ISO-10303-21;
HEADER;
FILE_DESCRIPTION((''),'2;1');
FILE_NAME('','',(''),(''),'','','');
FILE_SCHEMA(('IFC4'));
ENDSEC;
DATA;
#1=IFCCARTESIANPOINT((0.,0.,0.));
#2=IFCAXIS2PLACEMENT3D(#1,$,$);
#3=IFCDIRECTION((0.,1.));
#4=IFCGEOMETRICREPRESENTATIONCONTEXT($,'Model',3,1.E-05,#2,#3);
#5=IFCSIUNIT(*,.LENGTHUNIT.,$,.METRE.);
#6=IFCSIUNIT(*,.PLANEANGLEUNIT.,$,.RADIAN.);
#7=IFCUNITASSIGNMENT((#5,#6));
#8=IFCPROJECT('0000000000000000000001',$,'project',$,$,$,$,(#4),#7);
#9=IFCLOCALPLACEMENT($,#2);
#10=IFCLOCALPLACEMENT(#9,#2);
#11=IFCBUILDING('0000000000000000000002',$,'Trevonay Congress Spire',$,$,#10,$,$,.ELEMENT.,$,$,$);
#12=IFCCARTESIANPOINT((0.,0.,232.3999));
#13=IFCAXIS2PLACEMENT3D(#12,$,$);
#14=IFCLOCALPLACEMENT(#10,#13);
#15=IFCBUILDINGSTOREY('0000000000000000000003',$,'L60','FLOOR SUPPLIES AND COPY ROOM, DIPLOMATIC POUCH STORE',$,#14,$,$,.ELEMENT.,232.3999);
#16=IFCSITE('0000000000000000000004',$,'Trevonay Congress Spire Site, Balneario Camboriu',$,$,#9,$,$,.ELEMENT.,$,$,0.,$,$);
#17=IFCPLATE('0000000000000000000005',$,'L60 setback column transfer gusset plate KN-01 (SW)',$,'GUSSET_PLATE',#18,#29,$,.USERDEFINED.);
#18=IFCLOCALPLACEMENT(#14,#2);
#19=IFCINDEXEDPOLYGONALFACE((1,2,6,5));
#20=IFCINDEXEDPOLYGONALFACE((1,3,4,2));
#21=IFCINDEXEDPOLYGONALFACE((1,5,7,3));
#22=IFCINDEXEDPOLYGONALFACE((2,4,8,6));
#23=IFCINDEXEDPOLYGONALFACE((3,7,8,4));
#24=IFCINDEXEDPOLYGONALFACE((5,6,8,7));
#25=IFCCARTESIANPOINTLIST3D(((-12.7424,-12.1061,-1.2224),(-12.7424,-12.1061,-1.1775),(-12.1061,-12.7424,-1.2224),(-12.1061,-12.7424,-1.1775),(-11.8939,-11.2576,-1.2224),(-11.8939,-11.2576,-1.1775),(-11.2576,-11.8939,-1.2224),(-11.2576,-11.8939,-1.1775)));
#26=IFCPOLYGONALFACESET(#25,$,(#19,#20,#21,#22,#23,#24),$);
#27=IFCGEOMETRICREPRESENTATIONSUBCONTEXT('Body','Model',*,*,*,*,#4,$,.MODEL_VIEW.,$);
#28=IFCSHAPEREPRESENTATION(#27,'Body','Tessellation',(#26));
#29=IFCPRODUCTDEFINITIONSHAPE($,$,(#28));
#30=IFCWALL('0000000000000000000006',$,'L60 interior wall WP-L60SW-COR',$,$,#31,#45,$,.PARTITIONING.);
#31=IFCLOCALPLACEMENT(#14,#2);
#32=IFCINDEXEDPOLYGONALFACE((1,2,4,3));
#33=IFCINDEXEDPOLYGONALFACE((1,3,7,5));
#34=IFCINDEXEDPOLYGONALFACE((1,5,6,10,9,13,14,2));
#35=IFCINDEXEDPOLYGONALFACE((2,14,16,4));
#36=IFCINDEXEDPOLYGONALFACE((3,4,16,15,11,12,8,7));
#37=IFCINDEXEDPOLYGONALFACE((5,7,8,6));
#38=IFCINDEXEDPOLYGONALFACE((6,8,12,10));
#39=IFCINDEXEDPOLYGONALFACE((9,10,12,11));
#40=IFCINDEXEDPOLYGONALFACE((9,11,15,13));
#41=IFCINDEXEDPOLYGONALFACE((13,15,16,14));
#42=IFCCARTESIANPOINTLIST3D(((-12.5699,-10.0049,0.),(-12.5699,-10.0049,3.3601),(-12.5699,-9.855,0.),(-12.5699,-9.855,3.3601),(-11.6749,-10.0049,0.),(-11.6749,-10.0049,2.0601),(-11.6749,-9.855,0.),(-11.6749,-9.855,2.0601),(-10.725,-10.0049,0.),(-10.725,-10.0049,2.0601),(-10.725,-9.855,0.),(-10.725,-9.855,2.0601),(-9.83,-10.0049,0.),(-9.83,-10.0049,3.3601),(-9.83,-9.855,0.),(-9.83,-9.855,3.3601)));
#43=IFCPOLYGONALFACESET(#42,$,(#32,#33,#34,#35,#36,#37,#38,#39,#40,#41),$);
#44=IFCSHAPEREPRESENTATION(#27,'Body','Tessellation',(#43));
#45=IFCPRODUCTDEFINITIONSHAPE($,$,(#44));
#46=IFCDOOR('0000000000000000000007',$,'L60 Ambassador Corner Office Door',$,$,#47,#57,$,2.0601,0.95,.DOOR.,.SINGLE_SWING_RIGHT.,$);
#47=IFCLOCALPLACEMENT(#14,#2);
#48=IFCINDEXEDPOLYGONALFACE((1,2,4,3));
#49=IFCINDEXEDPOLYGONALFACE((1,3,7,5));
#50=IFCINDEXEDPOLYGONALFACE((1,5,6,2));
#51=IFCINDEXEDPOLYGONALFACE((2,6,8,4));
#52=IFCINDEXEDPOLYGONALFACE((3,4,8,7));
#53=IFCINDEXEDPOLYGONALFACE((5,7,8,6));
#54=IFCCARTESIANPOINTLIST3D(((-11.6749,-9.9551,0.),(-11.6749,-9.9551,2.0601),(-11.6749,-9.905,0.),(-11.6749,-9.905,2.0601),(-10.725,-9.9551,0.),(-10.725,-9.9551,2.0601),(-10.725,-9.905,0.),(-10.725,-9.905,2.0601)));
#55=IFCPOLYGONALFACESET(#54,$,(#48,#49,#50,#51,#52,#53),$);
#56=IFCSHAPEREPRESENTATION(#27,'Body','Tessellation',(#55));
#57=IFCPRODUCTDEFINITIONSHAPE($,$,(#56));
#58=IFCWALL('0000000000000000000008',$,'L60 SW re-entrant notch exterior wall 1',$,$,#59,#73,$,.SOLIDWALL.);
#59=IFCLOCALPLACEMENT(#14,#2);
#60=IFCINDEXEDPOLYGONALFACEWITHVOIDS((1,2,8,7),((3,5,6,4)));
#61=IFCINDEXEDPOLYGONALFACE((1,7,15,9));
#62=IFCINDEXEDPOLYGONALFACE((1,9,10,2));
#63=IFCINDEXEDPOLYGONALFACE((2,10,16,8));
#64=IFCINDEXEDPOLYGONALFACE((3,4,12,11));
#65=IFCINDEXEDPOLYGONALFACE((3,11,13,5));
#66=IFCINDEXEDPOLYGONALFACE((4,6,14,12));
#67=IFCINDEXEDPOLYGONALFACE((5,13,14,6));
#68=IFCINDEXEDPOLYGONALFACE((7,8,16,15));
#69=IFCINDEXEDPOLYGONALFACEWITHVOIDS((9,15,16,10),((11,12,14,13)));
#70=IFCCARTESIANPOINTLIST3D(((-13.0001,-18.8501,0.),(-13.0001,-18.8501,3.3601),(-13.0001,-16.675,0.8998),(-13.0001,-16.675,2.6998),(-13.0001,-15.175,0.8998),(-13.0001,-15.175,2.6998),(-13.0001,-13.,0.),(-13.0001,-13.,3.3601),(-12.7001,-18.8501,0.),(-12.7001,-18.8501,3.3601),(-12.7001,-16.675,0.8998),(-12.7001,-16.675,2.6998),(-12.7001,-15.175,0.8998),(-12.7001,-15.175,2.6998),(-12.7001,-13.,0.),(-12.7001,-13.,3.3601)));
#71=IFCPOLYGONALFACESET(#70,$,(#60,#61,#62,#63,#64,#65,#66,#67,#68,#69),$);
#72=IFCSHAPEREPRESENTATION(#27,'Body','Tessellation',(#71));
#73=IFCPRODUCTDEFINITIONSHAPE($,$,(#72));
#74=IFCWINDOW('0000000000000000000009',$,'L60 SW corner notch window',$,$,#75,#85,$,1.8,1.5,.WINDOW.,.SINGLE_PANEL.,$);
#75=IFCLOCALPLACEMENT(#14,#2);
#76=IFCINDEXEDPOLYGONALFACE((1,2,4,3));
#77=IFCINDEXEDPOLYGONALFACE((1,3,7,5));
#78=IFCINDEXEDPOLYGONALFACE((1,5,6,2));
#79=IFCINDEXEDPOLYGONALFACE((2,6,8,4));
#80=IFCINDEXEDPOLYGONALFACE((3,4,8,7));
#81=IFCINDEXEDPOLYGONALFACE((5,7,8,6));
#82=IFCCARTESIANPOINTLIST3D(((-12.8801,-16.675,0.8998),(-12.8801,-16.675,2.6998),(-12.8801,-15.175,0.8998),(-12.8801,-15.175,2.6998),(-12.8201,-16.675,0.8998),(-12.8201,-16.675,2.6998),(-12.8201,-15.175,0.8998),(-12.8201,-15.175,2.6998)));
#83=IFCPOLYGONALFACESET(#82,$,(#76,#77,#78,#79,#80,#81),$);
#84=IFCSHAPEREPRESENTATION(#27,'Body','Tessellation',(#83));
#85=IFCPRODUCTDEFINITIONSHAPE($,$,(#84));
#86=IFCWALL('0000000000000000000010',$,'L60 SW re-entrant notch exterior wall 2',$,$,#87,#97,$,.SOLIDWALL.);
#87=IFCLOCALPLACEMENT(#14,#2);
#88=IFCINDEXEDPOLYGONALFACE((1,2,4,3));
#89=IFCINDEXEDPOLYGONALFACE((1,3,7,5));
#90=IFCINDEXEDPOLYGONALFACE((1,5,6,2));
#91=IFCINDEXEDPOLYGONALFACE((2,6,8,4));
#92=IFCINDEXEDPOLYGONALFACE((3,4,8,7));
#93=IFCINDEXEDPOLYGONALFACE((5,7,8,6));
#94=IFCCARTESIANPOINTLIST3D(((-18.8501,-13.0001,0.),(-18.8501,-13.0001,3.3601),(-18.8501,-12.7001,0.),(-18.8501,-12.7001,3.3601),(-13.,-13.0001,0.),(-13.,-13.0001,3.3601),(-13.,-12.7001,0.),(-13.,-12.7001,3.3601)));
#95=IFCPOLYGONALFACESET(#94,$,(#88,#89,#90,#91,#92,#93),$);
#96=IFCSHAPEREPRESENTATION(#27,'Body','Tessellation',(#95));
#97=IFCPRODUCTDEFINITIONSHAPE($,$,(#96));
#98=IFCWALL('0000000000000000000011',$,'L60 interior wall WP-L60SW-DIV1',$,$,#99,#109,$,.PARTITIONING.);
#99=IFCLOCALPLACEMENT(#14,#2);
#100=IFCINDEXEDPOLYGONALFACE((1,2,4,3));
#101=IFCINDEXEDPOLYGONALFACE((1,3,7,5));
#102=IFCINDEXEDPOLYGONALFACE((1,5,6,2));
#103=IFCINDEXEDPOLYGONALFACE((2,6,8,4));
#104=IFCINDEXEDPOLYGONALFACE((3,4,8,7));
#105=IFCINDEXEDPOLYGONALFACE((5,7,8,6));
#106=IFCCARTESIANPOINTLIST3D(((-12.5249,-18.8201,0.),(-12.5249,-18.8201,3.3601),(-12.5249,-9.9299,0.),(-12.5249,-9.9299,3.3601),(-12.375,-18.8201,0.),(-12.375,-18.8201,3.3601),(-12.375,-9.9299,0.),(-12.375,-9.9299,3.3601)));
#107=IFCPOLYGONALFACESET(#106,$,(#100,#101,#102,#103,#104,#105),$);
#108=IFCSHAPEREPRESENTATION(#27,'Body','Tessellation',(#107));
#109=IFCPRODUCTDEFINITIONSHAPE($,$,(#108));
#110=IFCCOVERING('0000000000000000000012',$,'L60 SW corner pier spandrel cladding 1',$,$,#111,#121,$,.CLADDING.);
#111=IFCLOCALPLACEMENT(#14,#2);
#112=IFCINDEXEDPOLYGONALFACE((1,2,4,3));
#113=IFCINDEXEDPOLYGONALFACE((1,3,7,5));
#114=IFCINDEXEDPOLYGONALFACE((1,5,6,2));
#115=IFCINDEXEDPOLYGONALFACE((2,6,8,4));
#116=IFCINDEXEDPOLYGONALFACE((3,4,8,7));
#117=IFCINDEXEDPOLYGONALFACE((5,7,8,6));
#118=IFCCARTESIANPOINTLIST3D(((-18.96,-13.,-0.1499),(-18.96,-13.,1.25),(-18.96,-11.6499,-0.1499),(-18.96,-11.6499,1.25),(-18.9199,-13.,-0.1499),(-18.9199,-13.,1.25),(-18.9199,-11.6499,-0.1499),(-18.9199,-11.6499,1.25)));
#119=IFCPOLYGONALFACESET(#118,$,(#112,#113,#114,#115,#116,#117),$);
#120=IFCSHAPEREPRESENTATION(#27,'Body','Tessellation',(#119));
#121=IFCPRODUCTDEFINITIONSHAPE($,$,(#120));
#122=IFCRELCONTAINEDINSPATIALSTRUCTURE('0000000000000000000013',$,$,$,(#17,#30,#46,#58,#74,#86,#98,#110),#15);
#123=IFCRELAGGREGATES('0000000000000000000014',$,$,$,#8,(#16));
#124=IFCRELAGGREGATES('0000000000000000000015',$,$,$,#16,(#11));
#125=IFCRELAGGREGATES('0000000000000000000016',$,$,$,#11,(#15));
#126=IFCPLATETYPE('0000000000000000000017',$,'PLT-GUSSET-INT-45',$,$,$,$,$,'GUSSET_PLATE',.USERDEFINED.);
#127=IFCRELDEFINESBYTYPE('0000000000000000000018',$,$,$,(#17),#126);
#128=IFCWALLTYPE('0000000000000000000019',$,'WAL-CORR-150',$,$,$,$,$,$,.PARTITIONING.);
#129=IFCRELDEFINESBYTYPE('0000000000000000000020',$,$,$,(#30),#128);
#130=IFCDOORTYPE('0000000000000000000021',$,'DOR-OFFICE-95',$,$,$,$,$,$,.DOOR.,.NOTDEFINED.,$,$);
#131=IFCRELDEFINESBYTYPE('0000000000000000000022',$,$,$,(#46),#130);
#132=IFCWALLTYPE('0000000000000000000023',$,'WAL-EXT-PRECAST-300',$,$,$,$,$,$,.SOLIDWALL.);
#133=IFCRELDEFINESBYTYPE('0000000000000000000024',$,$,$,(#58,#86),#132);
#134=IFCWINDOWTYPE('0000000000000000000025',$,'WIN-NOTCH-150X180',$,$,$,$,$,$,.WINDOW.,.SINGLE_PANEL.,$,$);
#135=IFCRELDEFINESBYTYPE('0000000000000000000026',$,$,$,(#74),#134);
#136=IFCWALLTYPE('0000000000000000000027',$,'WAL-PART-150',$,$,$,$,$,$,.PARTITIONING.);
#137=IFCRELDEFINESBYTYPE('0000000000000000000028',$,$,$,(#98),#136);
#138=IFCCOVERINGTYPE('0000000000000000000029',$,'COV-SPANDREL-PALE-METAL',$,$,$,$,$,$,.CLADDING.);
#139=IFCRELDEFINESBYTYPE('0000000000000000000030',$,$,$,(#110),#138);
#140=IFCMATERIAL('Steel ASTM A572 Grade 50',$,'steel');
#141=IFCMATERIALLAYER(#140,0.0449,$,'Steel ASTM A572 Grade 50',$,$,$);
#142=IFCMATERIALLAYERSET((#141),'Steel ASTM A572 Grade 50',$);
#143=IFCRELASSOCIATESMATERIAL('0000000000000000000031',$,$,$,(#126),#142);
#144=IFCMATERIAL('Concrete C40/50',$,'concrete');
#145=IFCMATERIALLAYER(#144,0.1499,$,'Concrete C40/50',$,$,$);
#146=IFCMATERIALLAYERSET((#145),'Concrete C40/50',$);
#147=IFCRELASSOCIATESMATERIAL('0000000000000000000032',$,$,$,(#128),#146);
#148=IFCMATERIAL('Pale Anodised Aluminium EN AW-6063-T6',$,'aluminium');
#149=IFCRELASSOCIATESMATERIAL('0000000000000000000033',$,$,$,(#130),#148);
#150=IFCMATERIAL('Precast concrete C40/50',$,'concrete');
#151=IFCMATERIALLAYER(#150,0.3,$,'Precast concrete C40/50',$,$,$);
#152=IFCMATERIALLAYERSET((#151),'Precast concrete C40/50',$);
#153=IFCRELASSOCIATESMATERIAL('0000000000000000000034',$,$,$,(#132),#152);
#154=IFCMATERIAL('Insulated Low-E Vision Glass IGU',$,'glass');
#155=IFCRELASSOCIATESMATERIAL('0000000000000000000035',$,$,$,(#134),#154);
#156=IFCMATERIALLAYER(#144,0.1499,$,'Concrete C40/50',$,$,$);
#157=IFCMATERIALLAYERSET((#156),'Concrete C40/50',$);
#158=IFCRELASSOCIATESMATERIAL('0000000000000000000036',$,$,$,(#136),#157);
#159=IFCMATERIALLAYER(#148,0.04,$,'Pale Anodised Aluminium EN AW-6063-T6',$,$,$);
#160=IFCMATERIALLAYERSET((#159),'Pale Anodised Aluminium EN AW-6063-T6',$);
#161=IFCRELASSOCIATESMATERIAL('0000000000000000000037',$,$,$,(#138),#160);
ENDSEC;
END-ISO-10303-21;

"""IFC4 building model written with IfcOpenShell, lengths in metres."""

from ifc_helpers import new_model, si_unit, direction, frame, frame_2d, origin, origin_2d, place, context, subcontext, project, spatial, rectangle, extrude, material, layer, layer_set, type_object, element, fill, save


model = new_model("IFC4")

# Units and contexts
model_context = context("Model", 3, precision=1e-05, world=origin(), true_north=direction((0.0, 1.0)))
body_context = subcontext(model_context, "Body", "Model", "MODEL_VIEW")
ifc_project = project(units=[si_unit("LENGTHUNIT", "METRE"), si_unit("PLANEANGLEUNIT", "RADIAN")], contexts=[model_context])

# Site, building, storey
site_placement = place(None, origin())
site = spatial("IfcSite", under=ifc_project, at=site_placement, Name="Trevonay Congress Spire Site, Balneario Camboriu", CompositionType="ELEMENT", RefElevation=0.0)
building_placement = place(site_placement, origin())
building = spatial("IfcBuilding", under=site, at=building_placement, Name="Trevonay Congress Spire", CompositionType="ELEMENT")
storey_placement = place(building_placement, frame((0.0, 0.0, 232.3999)))
storey = spatial("IfcBuildingStorey", under=building, at=storey_placement, Name="L60", Description="FLOOR SUPPLIES AND COPY ROOM, DIPLOMATIC POUCH STORE", CompositionType="ELEMENT", Elevation=232.3999)

# Shared definitions
ifc_material_1 = material(Name="Steel ASTM A572 Grade 50", Category="steel")

# Shared definitions
ifc_material_2 = material(Name="Pale Anodised Aluminium EN AW-6063-T6", Category="aluminium")
ifc_material_3 = material(Name="Insulated Low-E Vision Glass IGU", Category="glass")

# Plate
ifc_layer_1 = layer(ifc_material_1, 0.0449, Name="Steel ASTM A572 Grade 50")
ifc_layer_set_1 = layer_set([ifc_layer_1], Name="Steel ASTM A572 Grade 50")
plate_type_1 = type_object("IfcPlateType", Name="PLT-GUSSET-INT-45", ElementType="GUSSET_PLATE", PredefinedType="USERDEFINED", material=ifc_layer_set_1)
plate_1_placement = place(storey_placement, frame((-12.0, -12.0, -1.2224), z_axis=(0.0, 0.0, 1.0), x_axis=(0.707107, 0.707107, 0.0)))
element("IfcPlate", 1, at=plate_1_placement, inside=storey, type_object=plate_type_1, Name="L60 setback column transfer gusset plate KN-01 (SW)", ObjectType="GUSSET_PLATE", PredefinedType="USERDEFINED", context=body_context, shape_type="SweptSolid", body=[
    extrude(rectangle(XDim=1.2, YDim=0.8999, at=origin_2d()), origin(), (0.0, 0.0, 1.0), 0.0449),
])

# Wall, opening, door
ifc_material_4 = material(Name="Concrete C40/50", Category="concrete")
ifc_layer_2 = layer(ifc_material_4, 0.1499, Name="Concrete C40/50")
ifc_layer_set_2 = layer_set([ifc_layer_2], Name="Concrete C40/50")
wall_type_1 = type_object("IfcWallType", Name="WAL-CORR-150", PredefinedType="PARTITIONING", material=ifc_layer_set_2)
wall_1_placement = place(storey_placement, frame((-12.5701, -9.9299, 0.0), z_axis=(0.0, 0.0, 1.0), x_axis=(1.0, 0.0, 0.0)))
wall_1 = element("IfcWall", 2, at=wall_1_placement, inside=storey, type_object=wall_type_1, Name="L60 interior wall WP-L60SW-COR", PredefinedType="PARTITIONING", context=body_context, shape_type="SweptSolid", body=[
    extrude(rectangle(XDim=2.74, YDim=0.1499, at=frame_2d((1.3701, 0.0))), origin(), (0.0, 0.0, 1.0), 3.3601),
])
opening_1_placement = place(wall_1_placement, frame((0.895, 0.0, 0.0)))
opening_1 = element("IfcOpeningElement", 3, at=opening_1_placement, cuts=wall_1, PredefinedType="OPENING", context=body_context, shape_type="SweptSolid", body=[
    extrude(rectangle(XDim=0.95, YDim=2.0601, at=frame_2d((0.4751, 1.03))), frame((0.0, 0.085, 0.0), z_axis=(0.0, -1.0, 0.0), x_axis=(1.0, 0.0, 0.0)), (0.0, 0.0, 1.0), 0.1699),
])
door_type = type_object("IfcDoorType", Name="DOR-OFFICE-95", OperationType="NOTDEFINED", PredefinedType="DOOR", material=ifc_material_2)
door_placement = place(opening_1_placement, origin())
door = element("IfcDoor", 4, at=door_placement, inside=storey, type_object=door_type, Name="L60 Ambassador Corner Office Door", OperationType="SINGLE_SWING_RIGHT", OverallHeight=2.0601, OverallWidth=0.95, PredefinedType="DOOR", context=body_context, shape_type="SweptSolid", body=[
    extrude(rectangle(XDim=0.95, YDim=2.0601, at=frame_2d((0.4751, 1.03))), frame((0.0, 0.0249, 0.0), z_axis=(0.0, -1.0, 0.0), x_axis=(1.0, 0.0, 0.0)), (0.0, 0.0, 1.0), 0.05),
])
fill(opening_1, door)

# Wall, opening, window
ifc_material_5 = material(Name="Precast concrete C40/50", Category="concrete")
ifc_layer_3 = layer(ifc_material_5, 0.3, Name="Precast concrete C40/50")
ifc_layer_set_3 = layer_set([ifc_layer_3], Name="Precast concrete C40/50")
wall_type_2 = type_object("IfcWallType", Name="WAL-EXT-PRECAST-300", PredefinedType="SOLIDWALL", material=ifc_layer_set_3)
wall_2_placement = place(storey_placement, frame((-12.8501, -18.8501, 0.0), z_axis=(0.0, 0.0, 1.0), x_axis=(0.0, 1.0, 0.0)))
wall_2 = element("IfcWall", 5, at=wall_2_placement, inside=storey, type_object=wall_type_2, Name="L60 SW re-entrant notch exterior wall 1", PredefinedType="SOLIDWALL", context=body_context, shape_type="SweptSolid", body=[
    extrude(rectangle(XDim=5.8501, YDim=0.3, at=frame_2d((2.925, 0.0))), origin(), (0.0, 0.0, 1.0), 3.3601),
])
opening_2_placement = place(wall_2_placement, frame((2.175, 0.0, 0.8999)))
opening_2 = element("IfcOpeningElement", 6, at=opening_2_placement, cuts=wall_2, PredefinedType="OPENING", context=body_context, shape_type="SweptSolid", body=[
    extrude(rectangle(XDim=1.5, YDim=1.8, at=frame_2d((0.75, 0.8999))), frame((0.0, 0.1602, 0.0), z_axis=(0.0, -1.0, 0.0), x_axis=(1.0, 0.0, 0.0)), (0.0, 0.0, 1.0), 0.3201),
])
window_type = type_object("IfcWindowType", Name="WIN-NOTCH-150X180", PartitioningType="SINGLE_PANEL", PredefinedType="WINDOW", material=ifc_material_3)
window_placement = place(opening_2_placement, origin())
window = element("IfcWindow", 7, at=window_placement, inside=storey, type_object=window_type, Name="L60 SW corner notch window", OverallHeight=1.8, OverallWidth=1.5, PartitioningType="SINGLE_PANEL", PredefinedType="WINDOW", context=body_context, shape_type="SweptSolid", body=[
    extrude(rectangle(XDim=1.5, YDim=1.8, at=frame_2d((0.75, 0.8999))), frame((0.0, 0.03, 0.0), z_axis=(0.0, -1.0, 0.0), x_axis=(1.0, 0.0, 0.0)), (0.0, 0.0, 1.0), 0.0601),
])
fill(opening_2, window)

# Walls
wall_3_placement = place(storey_placement, frame((-18.8501, -12.8501, 0.0), z_axis=(0.0, 0.0, 1.0), x_axis=(1.0, 0.0, 0.0)))
element("IfcWall", 8, at=wall_3_placement, inside=storey, type_object=wall_type_2, Name="L60 SW re-entrant notch exterior wall 2", PredefinedType="SOLIDWALL", context=body_context, shape_type="SweptSolid", body=[
    extrude(rectangle(XDim=5.8501, YDim=0.3, at=frame_2d((2.925, 0.0))), origin(), (0.0, 0.0, 1.0), 3.3601),
])
ifc_layer_4 = layer(ifc_material_4, 0.1499, Name="Concrete C40/50")
ifc_layer_set_4 = layer_set([ifc_layer_4], Name="Concrete C40/50")
wall_type_3 = type_object("IfcWallType", Name="WAL-PART-150", PredefinedType="PARTITIONING", material=ifc_layer_set_4)
wall_4_placement = place(storey_placement, frame((-12.45, -18.8201, 0.0), z_axis=(0.0, 0.0, 1.0), x_axis=(0.0, 1.0, 0.0)))
element("IfcWall", 9, at=wall_4_placement, inside=storey, type_object=wall_type_3, Name="L60 interior wall WP-L60SW-DIV1", PredefinedType="PARTITIONING", context=body_context, shape_type="SweptSolid", body=[
    extrude(rectangle(XDim=8.8901, YDim=0.1499, at=frame_2d((4.4451, 0.0))), origin(), (0.0, 0.0, 1.0), 3.3601),
])

# Covering
ifc_layer_5 = layer(ifc_material_2, 0.04, Name="Pale Anodised Aluminium EN AW-6063-T6")
ifc_layer_set_5 = layer_set([ifc_layer_5], Name="Pale Anodised Aluminium EN AW-6063-T6")
covering_type = type_object("IfcCoveringType", Name="COV-SPANDREL-PALE-METAL", PredefinedType="CLADDING", material=ifc_layer_set_5)
covering_placement = place(storey_placement, frame((-18.9399, -11.6499, -0.1499), z_axis=(0.0, 0.0, 1.0), x_axis=(0.0, -1.0, 0.0)))
element("IfcCovering", 10, at=covering_placement, inside=storey, type_object=covering_type, Name="L60 SW corner pier spandrel cladding 1", PredefinedType="CLADDING", context=body_context, shape_type="SweptSolid", body=[
    extrude(rectangle(XDim=1.3501, YDim=0.04, at=frame_2d((0.675, 0.0))), origin(), (0.0, 0.0, 1.0), 1.3999),
])

save(model, "model.ifc")
